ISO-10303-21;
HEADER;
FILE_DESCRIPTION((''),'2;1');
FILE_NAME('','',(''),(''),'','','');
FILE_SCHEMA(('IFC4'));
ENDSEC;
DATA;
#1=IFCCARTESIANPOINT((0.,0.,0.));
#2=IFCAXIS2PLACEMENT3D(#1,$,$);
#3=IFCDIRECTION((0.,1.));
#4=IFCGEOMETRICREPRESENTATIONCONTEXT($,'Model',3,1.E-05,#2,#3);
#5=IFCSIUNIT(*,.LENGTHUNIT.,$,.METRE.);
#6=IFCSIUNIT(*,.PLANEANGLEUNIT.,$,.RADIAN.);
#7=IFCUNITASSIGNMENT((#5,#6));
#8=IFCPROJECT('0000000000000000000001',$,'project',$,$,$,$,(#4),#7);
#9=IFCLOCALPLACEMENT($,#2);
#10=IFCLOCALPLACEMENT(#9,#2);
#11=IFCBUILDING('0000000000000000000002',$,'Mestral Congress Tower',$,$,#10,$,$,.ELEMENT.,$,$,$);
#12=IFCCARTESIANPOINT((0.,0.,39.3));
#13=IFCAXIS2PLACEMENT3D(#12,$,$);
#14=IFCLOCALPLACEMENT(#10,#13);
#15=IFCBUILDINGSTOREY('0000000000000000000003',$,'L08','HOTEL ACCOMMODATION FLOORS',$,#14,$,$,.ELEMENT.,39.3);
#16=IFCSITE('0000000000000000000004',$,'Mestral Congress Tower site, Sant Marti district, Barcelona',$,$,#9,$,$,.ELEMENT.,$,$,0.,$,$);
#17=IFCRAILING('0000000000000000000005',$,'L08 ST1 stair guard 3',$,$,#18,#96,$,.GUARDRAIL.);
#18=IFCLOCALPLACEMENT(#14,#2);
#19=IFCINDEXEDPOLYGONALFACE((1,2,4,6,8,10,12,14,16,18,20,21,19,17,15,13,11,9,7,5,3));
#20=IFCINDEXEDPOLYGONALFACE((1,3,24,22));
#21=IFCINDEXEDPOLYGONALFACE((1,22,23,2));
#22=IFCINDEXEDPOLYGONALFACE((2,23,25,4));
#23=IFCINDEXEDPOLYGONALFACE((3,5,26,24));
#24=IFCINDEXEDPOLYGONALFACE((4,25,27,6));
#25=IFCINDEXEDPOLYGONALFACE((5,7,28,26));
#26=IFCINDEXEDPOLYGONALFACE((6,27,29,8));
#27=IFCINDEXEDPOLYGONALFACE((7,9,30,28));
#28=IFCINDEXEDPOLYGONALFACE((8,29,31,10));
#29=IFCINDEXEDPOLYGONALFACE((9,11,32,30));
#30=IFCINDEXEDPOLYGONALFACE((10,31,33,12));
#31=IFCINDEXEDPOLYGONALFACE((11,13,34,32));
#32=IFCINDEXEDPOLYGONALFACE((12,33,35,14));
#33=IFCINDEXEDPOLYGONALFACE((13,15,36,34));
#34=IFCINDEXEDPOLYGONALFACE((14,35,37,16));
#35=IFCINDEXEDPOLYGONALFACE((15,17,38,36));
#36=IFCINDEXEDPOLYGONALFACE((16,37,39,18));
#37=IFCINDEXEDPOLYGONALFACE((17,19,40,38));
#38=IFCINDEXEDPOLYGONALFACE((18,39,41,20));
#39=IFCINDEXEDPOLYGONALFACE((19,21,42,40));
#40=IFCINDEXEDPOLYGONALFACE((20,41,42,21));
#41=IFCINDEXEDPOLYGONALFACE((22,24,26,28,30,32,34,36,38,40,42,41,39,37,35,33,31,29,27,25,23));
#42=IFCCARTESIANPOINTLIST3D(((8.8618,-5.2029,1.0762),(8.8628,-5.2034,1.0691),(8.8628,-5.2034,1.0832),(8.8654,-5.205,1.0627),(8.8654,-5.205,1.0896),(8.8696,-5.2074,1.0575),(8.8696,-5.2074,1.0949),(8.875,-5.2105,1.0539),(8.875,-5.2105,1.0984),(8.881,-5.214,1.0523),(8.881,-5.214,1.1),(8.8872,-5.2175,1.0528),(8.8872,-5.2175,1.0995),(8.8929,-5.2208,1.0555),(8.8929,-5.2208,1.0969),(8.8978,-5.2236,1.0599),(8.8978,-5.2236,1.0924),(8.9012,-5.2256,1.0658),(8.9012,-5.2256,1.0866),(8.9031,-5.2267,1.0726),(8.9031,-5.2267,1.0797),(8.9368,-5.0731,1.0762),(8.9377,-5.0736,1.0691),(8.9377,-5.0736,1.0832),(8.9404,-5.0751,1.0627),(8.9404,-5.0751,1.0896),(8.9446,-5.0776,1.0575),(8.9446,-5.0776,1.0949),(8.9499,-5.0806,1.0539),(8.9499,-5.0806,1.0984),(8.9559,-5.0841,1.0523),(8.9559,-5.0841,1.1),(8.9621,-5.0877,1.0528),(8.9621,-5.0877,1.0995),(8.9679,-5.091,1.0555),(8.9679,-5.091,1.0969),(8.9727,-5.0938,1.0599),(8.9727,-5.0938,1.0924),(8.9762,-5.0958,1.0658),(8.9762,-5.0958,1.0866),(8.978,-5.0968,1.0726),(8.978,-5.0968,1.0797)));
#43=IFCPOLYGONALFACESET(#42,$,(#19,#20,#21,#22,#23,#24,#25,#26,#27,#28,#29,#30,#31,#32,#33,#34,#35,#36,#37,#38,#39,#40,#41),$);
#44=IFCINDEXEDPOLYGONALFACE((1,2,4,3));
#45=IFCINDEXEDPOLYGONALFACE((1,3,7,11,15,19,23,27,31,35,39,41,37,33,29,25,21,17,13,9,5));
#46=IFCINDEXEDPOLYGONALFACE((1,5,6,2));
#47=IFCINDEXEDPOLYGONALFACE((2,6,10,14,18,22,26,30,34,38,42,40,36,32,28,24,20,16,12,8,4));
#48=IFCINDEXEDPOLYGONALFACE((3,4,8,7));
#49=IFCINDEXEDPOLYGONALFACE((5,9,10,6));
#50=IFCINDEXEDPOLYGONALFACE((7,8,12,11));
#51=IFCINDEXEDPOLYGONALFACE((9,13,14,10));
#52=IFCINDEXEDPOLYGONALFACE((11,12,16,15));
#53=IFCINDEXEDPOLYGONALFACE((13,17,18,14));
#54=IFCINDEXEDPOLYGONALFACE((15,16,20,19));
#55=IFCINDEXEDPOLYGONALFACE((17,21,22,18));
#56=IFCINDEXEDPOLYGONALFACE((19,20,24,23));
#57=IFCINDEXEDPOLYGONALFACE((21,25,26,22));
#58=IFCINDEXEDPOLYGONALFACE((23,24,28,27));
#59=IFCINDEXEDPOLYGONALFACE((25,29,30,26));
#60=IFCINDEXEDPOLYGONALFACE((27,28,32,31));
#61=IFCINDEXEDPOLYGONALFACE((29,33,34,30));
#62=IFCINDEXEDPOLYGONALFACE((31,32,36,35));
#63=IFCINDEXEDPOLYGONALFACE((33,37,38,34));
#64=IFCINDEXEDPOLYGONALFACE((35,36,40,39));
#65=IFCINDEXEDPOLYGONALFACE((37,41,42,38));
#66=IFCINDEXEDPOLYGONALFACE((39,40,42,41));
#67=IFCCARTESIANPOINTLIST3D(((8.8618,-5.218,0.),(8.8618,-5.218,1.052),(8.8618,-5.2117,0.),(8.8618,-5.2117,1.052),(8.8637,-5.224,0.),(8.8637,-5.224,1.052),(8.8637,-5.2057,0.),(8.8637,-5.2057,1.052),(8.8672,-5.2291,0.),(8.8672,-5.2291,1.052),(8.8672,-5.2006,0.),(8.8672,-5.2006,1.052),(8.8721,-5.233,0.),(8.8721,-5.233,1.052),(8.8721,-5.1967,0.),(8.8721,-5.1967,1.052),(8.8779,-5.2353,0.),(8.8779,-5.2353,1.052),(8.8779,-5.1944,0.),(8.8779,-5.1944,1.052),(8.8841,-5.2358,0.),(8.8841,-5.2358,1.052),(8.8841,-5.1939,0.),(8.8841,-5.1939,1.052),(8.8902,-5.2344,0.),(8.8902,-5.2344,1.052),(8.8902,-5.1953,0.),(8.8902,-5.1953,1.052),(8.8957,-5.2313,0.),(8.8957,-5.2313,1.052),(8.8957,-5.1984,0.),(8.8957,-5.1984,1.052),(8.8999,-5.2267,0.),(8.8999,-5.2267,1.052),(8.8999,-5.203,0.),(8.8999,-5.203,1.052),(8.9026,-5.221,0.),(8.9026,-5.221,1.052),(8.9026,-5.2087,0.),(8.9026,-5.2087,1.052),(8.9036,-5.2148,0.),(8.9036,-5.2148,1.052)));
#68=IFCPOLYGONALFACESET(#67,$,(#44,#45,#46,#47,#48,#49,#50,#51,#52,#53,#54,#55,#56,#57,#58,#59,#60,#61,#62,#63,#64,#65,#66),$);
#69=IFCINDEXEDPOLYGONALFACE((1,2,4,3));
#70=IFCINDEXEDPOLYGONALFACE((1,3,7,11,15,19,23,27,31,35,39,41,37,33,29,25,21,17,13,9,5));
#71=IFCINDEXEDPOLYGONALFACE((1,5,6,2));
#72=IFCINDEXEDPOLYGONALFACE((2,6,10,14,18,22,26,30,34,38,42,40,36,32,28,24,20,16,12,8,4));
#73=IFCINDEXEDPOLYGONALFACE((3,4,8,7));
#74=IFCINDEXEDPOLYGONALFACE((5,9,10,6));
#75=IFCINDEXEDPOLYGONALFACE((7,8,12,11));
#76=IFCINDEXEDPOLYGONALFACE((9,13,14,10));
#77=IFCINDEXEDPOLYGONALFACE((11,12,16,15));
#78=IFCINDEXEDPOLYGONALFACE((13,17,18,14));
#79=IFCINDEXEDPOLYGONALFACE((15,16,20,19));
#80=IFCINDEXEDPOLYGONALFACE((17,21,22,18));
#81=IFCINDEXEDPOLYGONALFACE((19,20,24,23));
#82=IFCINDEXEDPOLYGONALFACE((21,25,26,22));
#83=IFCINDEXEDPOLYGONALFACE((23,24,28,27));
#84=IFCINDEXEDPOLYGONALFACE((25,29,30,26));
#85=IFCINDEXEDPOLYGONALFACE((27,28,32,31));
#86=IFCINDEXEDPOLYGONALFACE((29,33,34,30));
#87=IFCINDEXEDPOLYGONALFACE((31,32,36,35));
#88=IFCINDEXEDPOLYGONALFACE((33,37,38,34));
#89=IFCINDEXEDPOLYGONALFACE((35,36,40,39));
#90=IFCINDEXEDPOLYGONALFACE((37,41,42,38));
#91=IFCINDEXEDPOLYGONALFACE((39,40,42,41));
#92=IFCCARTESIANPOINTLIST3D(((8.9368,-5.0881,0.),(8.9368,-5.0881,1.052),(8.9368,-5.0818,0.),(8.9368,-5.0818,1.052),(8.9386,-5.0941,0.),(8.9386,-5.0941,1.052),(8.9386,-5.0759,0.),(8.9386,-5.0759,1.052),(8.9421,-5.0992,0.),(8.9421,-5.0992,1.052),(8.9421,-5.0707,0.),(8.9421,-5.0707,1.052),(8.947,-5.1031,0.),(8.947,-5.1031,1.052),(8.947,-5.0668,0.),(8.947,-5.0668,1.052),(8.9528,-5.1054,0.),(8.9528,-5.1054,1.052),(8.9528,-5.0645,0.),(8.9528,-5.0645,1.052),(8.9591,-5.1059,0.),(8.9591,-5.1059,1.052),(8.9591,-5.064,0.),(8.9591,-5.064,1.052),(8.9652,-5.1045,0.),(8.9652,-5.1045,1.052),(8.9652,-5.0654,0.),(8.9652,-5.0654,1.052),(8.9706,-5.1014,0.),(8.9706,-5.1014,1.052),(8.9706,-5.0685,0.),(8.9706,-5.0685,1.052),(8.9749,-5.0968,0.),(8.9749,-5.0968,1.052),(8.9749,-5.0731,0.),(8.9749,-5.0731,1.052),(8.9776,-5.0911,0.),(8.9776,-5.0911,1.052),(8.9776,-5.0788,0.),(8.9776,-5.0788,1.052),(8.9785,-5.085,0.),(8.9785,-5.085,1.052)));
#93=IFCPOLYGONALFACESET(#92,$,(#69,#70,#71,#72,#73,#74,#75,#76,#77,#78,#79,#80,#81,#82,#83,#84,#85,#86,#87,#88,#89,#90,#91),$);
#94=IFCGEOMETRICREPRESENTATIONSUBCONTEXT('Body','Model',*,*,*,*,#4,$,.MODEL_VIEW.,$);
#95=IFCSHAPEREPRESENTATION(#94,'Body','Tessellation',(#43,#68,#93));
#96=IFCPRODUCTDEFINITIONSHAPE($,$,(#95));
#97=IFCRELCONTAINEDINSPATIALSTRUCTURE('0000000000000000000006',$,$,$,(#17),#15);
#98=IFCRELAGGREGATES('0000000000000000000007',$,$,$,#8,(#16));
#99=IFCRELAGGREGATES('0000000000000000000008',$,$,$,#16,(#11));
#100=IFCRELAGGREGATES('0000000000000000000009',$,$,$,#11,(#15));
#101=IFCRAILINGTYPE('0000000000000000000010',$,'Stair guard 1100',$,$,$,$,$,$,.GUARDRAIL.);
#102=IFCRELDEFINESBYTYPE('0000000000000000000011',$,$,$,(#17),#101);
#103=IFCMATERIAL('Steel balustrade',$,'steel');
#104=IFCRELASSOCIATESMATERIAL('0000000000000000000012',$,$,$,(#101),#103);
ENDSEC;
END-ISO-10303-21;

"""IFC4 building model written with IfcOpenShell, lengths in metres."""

from ifc_helpers import new_model, si_unit, direction, frame, origin, origin_2d, place, context, subcontext, project, spatial, circle, extrude, material, type_object, element, save


model = new_model("IFC4")

# Units and contexts
model_context = context("Model", 3, precision=1e-05, world=origin(), true_north=direction((0.0, 1.0)))
body_context = subcontext(model_context, "Body", "Model", "MODEL_VIEW")
ifc_project = project(units=[si_unit("LENGTHUNIT", "METRE"), si_unit("PLANEANGLEUNIT", "RADIAN")], contexts=[model_context])

# Site, building, storey
site_placement = place(None, origin())
site = spatial("IfcSite", under=ifc_project, at=site_placement, Name="Mestral Congress Tower site, Sant Marti district, Barcelona", CompositionType="ELEMENT", RefElevation=0.0)
building_placement = place(site_placement, origin())
building = spatial("IfcBuilding", under=site, at=building_placement, Name="Mestral Congress Tower", CompositionType="ELEMENT")
storey_placement = place(building_placement, frame((0.0, 0.0, 39.3)))
storey = spatial("IfcBuildingStorey", under=building, at=storey_placement, Name="L08", Description="HOTEL ACCOMMODATION FLOORS", CompositionType="ELEMENT", Elevation=39.3)

# Railing
ifc_material_1 = material(Name="Steel balustrade", Category="steel")
railing_type_1 = type_object("IfcRailingType", Name="Stair guard 1100", PredefinedType="GUARDRAIL", material=ifc_material_1)
railing_1_placement = place(storey_placement, frame((8.8826, -5.2148, 0.0)))
element("IfcRailing", 1, at=railing_1_placement, inside=storey, type_object=railing_type_1, Name="L08 ST1 stair guard 3", PredefinedType="GUARDRAIL", context=body_context, shape_type="SweptSolid", body=[
    extrude(circle(Radius=0.0239, at=origin_2d()), frame((0.0, 0.0, 1.0762), z_axis=(0.499816, 0.866131, 0.0), x_axis=(-0.866131, 0.499816, 0.0)), (0.0, 0.0, 1.0), 0.1499),
    extrude(circle(Radius=0.021, at=origin_2d()), origin(), (0.0, 0.0, 1.0), 1.052),
    extrude(circle(Radius=0.021, at=origin_2d()), frame((0.075, 0.1299, 0.0)), (0.0, 0.0, 1.0), 1.052),
])

save(model, "model.ifc")
